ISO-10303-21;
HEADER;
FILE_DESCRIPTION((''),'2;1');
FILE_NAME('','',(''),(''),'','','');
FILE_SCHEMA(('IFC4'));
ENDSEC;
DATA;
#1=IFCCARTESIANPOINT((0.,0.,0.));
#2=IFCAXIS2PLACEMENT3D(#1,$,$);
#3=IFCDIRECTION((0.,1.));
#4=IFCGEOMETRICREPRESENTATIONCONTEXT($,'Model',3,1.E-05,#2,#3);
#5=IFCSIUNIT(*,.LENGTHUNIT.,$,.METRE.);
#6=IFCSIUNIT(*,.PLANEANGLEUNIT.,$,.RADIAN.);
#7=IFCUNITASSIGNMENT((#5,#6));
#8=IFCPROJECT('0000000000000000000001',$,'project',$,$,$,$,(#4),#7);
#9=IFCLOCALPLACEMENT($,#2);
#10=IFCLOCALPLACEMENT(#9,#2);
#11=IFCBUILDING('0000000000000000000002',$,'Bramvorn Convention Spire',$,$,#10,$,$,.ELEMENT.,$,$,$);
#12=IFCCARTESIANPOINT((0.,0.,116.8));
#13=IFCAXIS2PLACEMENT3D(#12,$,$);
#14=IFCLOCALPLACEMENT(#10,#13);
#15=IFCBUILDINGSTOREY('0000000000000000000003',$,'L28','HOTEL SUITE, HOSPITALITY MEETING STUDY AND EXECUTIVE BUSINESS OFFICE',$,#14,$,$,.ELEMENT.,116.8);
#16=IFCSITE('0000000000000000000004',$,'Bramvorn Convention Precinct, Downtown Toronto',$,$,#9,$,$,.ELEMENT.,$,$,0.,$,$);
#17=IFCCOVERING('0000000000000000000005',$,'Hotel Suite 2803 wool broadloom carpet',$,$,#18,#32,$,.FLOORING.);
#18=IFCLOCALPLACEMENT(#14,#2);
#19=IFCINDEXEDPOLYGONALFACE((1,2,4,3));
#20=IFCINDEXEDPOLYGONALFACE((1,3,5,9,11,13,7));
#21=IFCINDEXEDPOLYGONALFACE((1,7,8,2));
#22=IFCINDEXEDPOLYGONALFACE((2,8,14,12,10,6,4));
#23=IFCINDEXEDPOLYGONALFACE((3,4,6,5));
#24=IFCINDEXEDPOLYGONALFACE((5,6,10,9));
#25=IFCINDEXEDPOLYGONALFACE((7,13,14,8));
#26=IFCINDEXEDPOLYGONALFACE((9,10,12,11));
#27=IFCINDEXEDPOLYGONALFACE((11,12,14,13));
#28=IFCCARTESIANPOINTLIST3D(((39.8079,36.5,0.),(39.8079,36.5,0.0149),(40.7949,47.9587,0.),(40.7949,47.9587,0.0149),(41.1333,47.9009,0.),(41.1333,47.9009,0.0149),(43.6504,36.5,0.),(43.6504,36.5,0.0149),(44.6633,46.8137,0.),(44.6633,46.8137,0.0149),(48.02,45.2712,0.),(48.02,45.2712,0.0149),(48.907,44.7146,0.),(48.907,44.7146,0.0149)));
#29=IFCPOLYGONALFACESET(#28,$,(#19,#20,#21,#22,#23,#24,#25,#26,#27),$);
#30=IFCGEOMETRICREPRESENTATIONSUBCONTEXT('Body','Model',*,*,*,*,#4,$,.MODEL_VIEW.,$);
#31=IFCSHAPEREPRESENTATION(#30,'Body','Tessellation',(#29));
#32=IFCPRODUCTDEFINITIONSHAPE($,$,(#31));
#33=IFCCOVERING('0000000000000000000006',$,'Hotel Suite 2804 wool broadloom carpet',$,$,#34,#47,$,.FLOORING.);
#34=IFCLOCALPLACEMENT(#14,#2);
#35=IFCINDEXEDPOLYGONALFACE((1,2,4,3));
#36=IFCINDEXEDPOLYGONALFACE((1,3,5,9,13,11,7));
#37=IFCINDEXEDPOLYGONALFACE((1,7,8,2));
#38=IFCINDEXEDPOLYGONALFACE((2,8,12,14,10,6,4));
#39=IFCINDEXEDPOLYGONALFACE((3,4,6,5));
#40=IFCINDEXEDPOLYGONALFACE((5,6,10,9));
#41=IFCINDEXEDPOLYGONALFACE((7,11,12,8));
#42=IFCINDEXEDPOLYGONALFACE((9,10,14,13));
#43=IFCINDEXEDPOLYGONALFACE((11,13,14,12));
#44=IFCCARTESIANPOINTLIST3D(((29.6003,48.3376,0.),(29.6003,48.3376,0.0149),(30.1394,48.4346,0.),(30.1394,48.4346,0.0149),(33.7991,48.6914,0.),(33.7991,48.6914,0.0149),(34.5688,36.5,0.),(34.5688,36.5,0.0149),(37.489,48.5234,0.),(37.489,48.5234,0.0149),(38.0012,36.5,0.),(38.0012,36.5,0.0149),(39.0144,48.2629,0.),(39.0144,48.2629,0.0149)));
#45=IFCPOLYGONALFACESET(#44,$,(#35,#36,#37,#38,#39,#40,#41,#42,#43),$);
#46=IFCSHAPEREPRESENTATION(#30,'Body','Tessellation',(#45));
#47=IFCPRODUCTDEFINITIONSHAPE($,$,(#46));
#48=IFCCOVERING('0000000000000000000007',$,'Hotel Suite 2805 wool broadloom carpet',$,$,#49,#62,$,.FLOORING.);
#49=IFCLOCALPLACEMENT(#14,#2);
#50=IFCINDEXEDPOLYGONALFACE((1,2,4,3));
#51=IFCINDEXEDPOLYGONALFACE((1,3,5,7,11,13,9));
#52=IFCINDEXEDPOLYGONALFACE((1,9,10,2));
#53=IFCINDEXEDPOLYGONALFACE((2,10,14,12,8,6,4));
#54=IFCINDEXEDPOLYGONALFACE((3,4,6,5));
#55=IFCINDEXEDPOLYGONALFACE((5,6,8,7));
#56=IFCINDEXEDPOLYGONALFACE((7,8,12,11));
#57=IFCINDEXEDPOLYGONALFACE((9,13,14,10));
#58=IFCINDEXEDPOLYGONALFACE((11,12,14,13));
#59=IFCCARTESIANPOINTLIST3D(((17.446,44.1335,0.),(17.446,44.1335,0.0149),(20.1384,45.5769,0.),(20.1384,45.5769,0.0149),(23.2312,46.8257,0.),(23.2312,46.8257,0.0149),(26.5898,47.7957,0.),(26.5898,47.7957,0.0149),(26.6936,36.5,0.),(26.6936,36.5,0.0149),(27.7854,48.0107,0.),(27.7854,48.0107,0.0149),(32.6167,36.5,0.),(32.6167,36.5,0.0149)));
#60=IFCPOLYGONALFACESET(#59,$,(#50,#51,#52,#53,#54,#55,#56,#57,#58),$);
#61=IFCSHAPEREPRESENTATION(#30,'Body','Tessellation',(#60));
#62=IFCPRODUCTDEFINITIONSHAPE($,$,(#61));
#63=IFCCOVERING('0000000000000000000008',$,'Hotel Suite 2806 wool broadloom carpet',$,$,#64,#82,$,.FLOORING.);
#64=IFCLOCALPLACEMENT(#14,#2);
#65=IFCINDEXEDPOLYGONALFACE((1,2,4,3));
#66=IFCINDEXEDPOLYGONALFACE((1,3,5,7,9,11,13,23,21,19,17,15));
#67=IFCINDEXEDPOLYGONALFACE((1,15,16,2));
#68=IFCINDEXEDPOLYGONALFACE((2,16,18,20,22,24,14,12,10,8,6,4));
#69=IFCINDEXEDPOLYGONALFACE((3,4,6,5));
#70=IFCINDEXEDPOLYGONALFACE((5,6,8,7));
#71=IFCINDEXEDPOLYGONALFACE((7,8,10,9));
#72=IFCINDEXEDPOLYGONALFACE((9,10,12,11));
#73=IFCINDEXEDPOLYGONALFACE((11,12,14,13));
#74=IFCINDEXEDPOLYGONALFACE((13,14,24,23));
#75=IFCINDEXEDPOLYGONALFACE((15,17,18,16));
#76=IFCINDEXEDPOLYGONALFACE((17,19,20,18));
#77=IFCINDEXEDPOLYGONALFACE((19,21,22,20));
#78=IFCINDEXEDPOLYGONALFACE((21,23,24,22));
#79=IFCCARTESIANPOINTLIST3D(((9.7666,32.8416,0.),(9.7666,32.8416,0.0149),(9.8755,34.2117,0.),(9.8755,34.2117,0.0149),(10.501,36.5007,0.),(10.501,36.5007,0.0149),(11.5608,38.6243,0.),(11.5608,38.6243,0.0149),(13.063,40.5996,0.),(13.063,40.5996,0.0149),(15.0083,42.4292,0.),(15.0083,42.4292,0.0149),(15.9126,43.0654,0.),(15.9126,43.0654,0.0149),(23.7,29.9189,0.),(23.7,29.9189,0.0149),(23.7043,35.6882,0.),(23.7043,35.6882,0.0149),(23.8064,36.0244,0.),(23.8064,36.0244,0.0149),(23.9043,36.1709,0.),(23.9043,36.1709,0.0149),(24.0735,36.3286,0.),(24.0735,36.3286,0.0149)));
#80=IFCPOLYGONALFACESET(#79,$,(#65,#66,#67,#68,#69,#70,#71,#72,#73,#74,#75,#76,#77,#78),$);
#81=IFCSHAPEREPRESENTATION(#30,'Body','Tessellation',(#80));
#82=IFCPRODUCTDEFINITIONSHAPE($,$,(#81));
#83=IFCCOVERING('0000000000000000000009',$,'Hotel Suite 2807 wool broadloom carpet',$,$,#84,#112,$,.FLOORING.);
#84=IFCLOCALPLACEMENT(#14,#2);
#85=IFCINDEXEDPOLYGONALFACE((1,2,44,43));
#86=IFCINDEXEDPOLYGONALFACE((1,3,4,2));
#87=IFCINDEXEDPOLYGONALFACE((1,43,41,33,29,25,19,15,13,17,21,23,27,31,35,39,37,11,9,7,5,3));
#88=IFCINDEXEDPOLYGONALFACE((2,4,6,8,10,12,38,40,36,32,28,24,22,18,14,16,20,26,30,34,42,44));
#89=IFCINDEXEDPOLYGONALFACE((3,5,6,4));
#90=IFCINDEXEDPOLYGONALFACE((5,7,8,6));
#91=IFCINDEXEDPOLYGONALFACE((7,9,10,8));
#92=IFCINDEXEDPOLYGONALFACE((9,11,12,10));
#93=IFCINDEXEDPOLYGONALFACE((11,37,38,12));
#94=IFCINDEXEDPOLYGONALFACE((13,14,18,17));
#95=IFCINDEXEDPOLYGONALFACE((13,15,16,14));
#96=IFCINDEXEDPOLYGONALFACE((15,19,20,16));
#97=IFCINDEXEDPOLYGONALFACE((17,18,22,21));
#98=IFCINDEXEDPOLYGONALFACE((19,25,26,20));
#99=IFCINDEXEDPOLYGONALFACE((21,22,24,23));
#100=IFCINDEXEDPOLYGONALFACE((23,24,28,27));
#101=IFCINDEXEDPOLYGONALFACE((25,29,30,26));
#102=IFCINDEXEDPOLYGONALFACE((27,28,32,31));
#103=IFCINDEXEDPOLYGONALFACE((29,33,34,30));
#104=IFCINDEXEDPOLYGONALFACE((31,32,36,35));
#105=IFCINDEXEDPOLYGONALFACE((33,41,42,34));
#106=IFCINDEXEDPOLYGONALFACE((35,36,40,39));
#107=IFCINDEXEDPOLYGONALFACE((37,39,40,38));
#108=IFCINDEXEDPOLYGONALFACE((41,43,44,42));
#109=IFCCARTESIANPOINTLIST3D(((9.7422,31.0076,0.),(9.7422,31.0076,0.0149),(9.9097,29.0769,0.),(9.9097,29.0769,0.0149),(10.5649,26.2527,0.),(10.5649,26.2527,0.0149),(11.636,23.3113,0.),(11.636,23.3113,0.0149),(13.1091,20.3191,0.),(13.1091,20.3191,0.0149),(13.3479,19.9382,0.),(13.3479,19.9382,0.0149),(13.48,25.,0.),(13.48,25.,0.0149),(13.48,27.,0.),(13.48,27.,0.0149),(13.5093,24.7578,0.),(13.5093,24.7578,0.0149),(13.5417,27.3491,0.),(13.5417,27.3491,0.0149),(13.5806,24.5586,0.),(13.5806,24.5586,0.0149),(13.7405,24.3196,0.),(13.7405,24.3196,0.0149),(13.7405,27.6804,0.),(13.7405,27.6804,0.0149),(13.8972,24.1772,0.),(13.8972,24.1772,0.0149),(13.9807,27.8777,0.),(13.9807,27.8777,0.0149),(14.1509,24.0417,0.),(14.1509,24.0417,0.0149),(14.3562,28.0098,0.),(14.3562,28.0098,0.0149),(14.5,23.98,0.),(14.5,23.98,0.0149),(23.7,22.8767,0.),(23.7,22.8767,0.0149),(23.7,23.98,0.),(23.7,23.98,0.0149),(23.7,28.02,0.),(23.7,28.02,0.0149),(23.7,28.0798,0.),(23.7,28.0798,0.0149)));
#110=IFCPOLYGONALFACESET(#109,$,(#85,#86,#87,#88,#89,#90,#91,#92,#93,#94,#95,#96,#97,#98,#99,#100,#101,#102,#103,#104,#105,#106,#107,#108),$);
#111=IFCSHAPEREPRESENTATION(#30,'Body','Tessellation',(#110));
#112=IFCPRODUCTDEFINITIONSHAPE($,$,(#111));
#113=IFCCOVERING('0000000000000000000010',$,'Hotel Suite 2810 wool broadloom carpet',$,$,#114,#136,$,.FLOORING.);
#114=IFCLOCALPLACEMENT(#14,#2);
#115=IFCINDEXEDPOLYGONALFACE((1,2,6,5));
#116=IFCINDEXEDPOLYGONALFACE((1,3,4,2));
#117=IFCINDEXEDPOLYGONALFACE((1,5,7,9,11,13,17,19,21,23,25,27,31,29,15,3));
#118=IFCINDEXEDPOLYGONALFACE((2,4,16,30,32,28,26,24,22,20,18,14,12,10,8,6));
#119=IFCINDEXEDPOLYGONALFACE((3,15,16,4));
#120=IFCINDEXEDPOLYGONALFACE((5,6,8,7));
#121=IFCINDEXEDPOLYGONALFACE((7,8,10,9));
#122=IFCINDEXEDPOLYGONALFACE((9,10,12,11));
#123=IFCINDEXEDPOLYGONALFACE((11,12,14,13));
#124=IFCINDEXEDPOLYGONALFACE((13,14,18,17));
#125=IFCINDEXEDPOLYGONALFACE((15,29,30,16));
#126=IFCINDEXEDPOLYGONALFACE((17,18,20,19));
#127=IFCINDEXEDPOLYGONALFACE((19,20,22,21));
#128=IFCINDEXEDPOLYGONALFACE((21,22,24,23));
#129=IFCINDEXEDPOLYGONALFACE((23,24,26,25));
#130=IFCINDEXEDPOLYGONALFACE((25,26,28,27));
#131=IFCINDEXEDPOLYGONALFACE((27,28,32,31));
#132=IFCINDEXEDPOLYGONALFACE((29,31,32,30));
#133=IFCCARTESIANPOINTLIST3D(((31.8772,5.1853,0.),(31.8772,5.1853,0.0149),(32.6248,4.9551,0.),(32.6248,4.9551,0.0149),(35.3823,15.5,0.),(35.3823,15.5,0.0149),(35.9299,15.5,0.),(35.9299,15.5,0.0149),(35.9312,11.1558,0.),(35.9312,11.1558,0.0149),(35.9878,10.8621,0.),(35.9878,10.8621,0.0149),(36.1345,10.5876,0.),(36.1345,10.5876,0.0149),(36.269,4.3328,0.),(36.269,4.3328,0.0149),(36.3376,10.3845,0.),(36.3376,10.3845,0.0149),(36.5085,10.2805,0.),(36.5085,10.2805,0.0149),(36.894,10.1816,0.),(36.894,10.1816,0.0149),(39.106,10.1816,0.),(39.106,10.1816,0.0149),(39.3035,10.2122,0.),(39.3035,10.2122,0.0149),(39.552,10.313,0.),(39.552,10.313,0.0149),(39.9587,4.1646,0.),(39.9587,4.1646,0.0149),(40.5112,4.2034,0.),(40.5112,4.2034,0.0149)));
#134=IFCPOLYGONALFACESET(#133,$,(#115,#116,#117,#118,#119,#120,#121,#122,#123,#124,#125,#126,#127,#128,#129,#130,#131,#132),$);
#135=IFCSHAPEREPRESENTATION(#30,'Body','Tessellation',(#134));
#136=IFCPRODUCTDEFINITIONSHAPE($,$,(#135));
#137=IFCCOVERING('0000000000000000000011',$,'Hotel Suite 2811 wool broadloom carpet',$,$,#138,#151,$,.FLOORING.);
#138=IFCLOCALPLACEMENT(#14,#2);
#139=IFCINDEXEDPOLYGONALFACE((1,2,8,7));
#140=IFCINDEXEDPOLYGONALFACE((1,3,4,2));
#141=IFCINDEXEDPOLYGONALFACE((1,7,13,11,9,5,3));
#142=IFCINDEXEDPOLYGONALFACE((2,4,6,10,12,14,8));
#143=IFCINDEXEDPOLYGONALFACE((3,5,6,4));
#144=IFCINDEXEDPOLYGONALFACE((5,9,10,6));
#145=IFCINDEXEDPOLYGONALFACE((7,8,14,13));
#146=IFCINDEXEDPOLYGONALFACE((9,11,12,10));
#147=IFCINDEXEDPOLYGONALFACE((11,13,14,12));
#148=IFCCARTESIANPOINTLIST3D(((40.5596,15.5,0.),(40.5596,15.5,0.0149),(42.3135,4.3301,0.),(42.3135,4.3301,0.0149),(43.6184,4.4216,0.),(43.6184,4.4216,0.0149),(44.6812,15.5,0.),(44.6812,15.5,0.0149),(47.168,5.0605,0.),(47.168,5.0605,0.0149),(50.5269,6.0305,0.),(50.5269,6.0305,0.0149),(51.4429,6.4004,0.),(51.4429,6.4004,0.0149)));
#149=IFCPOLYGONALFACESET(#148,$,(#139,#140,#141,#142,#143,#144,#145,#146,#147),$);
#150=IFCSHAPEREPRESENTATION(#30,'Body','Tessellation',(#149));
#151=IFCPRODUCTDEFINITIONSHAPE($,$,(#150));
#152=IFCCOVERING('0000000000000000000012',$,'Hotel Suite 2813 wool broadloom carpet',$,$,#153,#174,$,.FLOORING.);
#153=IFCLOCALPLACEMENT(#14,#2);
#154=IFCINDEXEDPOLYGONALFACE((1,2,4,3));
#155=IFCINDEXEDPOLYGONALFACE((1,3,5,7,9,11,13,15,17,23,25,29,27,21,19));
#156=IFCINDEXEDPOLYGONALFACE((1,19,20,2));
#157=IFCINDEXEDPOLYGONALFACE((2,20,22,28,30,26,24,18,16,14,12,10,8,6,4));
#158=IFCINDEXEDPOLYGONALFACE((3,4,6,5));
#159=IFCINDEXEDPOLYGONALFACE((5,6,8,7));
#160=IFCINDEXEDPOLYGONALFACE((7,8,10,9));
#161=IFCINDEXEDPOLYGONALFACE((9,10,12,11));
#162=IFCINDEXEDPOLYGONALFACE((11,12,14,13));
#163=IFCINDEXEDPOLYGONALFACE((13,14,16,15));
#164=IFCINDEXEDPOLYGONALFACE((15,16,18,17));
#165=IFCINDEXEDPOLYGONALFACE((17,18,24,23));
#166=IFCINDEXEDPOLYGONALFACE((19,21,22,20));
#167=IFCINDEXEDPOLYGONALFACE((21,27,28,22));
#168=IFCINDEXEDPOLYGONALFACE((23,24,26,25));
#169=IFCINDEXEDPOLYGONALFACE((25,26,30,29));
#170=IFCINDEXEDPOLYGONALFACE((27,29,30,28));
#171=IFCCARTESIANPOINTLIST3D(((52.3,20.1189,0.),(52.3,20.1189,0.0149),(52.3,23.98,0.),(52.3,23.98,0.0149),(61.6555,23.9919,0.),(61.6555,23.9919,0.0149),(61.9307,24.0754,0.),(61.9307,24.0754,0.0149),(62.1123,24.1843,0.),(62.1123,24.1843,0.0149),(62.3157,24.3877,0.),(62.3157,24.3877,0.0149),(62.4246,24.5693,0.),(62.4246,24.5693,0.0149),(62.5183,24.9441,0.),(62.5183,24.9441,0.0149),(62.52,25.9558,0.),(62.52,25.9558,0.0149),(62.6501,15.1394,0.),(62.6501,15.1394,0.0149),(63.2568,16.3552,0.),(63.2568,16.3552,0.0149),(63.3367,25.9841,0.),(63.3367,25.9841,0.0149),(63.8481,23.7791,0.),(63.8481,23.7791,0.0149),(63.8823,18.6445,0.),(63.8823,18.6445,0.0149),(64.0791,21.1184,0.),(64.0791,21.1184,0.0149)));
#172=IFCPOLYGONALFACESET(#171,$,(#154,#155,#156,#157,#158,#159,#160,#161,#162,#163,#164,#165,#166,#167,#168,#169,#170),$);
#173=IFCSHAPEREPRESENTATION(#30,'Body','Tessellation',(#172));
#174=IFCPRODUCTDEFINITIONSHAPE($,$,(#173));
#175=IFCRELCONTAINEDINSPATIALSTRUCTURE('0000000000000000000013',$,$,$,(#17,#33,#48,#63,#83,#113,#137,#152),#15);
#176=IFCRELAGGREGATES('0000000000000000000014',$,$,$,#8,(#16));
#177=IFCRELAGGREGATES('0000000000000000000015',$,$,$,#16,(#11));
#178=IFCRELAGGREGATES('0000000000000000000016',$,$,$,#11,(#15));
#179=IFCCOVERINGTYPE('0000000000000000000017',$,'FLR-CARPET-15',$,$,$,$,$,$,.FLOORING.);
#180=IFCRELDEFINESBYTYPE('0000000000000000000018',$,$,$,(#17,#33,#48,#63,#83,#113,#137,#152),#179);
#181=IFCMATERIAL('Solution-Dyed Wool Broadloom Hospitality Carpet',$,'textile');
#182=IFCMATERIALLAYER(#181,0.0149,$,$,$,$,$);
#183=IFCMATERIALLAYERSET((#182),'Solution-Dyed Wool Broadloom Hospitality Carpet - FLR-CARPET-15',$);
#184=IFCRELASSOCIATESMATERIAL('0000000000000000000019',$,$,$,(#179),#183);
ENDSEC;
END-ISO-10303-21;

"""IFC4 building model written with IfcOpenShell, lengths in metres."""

from ifc_helpers import new_model, si_unit, direction, frame, origin, place, context, subcontext, project, spatial, polyline, outline, extrude, material, layer, layer_set, type_object, element, save


model = new_model("IFC4")

# Units and contexts
model_context = context("Model", 3, precision=1e-05, world=origin(), true_north=direction((0.0, 1.0)))
body_context = subcontext(model_context, "Body", "Model", "MODEL_VIEW")
ifc_project = project(units=[si_unit("LENGTHUNIT", "METRE"), si_unit("PLANEANGLEUNIT", "RADIAN")], contexts=[model_context])

# Site, building, storey
site_placement = place(None, origin())
site = spatial("IfcSite", under=ifc_project, at=site_placement, Name="Bramvorn Convention Precinct, Downtown Toronto", CompositionType="ELEMENT", RefElevation=0.0)
building_placement = place(site_placement, origin())
building = spatial("IfcBuilding", under=site, at=building_placement, Name="Bramvorn Convention Spire", CompositionType="ELEMENT")
storey_placement = place(building_placement, frame((0.0, 0.0, 116.8)))
storey = spatial("IfcBuildingStorey", under=building, at=storey_placement, Name="L28", Description="HOTEL SUITE, HOSPITALITY MEETING STUDY AND EXECUTIVE BUSINESS OFFICE", CompositionType="ELEMENT", Elevation=116.8)

# Coverings
ifc_material_1 = material(Name="Solution-Dyed Wool Broadloom Hospitality Carpet", Category="textile")
ifc_layer_1 = layer(ifc_material_1, 0.0149)
ifc_layer_set_1 = layer_set([ifc_layer_1], Name="Solution-Dyed Wool Broadloom Hospitality Carpet - FLR-CARPET-15")
covering_type = type_object("IfcCoveringType", Name="FLR-CARPET-15", PredefinedType="FLOORING", material=ifc_layer_set_1)
covering_1_placement = place(storey_placement, origin())
element("IfcCovering", 1, at=covering_1_placement, inside=storey, type_object=covering_type, Name="Hotel Suite 2803 wool broadloom carpet", PredefinedType="FLOORING", context=body_context, shape_type="SweptSolid", body=[
    extrude(outline(polyline([(41.1333, 47.9009), (40.7949, 47.9587), (39.8079, 36.5), (43.6504, 36.5), (48.907, 44.7146), (48.02, 45.2712), (44.6633, 46.8137), (41.1333, 47.9009)])), origin(), (0.0, 0.0, 1.0), 0.0149),
])
covering_2_placement = place(storey_placement, origin())
element("IfcCovering", 2, at=covering_2_placement, inside=storey, type_object=covering_type, Name="Hotel Suite 2804 wool broadloom carpet", PredefinedType="FLOORING", context=body_context, shape_type="SweptSolid", body=[
    extrude(outline(polyline([(30.1394, 48.4346), (29.6003, 48.3376), (34.5688, 36.5), (38.0012, 36.5), (39.0144, 48.2629), (37.489, 48.5234), (33.7991, 48.6914), (30.1394, 48.4346)])), origin(), (0.0, 0.0, 1.0), 0.0149),
])
covering_3_placement = place(storey_placement, origin())
element("IfcCovering", 3, at=covering_3_placement, inside=storey, type_object=covering_type, Name="Hotel Suite 2805 wool broadloom carpet", PredefinedType="FLOORING", context=body_context, shape_type="SweptSolid", body=[
    extrude(outline(polyline([(26.6936, 36.5), (32.6167, 36.5), (27.7854, 48.0107), (26.5898, 47.7957), (23.2312, 46.8257), (20.1384, 45.5769), (17.446, 44.1335), (26.6936, 36.5)])), origin(), (0.0, 0.0, 1.0), 0.0149),
])
covering_4_placement = place(storey_placement, origin())
element("IfcCovering", 4, at=covering_4_placement, inside=storey, type_object=covering_type, Name="Hotel Suite 2806 wool broadloom carpet", PredefinedType="FLOORING", context=body_context, shape_type="SweptSolid", body=[
    extrude(outline(polyline([(9.8755, 34.2117), (9.7666, 32.8416), (23.7, 29.9189), (23.7043, 35.6882), (23.8064, 36.0244), (23.9043, 36.1709), (24.0735, 36.3286), (15.9126, 43.0654), (15.0083, 42.4292), (13.063, 40.5996), (11.5608, 38.6243), (10.501, 36.5007), (9.8755, 34.2117)])), origin(), (0.0, 0.0, 1.0), 0.0149),
])
covering_5_placement = place(storey_placement, origin())
element("IfcCovering", 5, at=covering_5_placement, inside=storey, type_object=covering_type, Name="Hotel Suite 2807 wool broadloom carpet", PredefinedType="FLOORING", context=body_context, shape_type="SweptSolid", body=[
    extrude(outline(polyline([(9.9097, 29.0769), (10.5649, 26.2527), (11.636, 23.3113), (13.1091, 20.3191), (13.3479, 19.9382), (23.7, 22.8767), (23.7, 23.98), (14.5, 23.98), (14.1509, 24.0417), (13.8972, 24.1772), (13.7405, 24.3196), (13.5806, 24.5586), (13.5093, 24.7578), (13.48, 25.0), (13.48, 27.0), (13.5417, 27.3491), (13.7405, 27.6804), (13.9807, 27.8777), (14.3562, 28.0098), (23.7, 28.02), (23.7, 28.0798), (9.7422, 31.0076), (9.9097, 29.0769)])), origin(), (0.0, 0.0, 1.0), 0.0149),
])
covering_6_placement = place(storey_placement, origin())
element("IfcCovering", 6, at=covering_6_placement, inside=storey, type_object=covering_type, Name="Hotel Suite 2810 wool broadloom carpet", PredefinedType="FLOORING", context=body_context, shape_type="SweptSolid", body=[
    extrude(outline(polyline([(39.9587, 4.1646), (40.5112, 4.2034), (39.552, 10.313), (39.3035, 10.2122), (39.106, 10.1816), (36.894, 10.1816), (36.5085, 10.2805), (36.3376, 10.3845), (36.1345, 10.5876), (35.9878, 10.8621), (35.9312, 11.1558), (35.9299, 15.5), (35.3823, 15.5), (31.8772, 5.1853), (32.6248, 4.9551), (36.269, 4.3328), (39.9587, 4.1646)])), origin(), (0.0, 0.0, 1.0), 0.0149),
])
covering_7_placement = place(storey_placement, origin())
element("IfcCovering", 7, at=covering_7_placement, inside=storey, type_object=covering_type, Name="Hotel Suite 2811 wool broadloom carpet", PredefinedType="FLOORING", context=body_context, shape_type="SweptSolid", body=[
    extrude(outline(polyline([(50.5269, 6.0305), (51.4429, 6.4004), (44.6812, 15.5), (40.5596, 15.5), (42.3135, 4.3301), (43.6184, 4.4216), (47.168, 5.0605), (50.5269, 6.0305)])), origin(), (0.0, 0.0, 1.0), 0.0149),
])
covering_8_placement = place(storey_placement, origin())
element("IfcCovering", 8, at=covering_8_placement, inside=storey, type_object=covering_type, Name="Hotel Suite 2813 wool broadloom carpet", PredefinedType="FLOORING", context=body_context, shape_type="SweptSolid", body=[
    extrude(outline(polyline([(62.52, 25.9558), (62.5183, 24.9441), (62.4246, 24.5693), (62.3157, 24.3877), (62.1123, 24.1843), (61.9307, 24.0754), (61.6555, 23.9919), (52.3, 23.98), (52.3, 20.1189), (62.6501, 15.1394), (63.2568, 16.3552), (63.8823, 18.6445), (64.0791, 21.1184), (63.8481, 23.7791), (63.3367, 25.9841), (62.52, 25.9558)])), origin(), (0.0, 0.0, 1.0), 0.0149),
])

save(model, "model.ifc")
